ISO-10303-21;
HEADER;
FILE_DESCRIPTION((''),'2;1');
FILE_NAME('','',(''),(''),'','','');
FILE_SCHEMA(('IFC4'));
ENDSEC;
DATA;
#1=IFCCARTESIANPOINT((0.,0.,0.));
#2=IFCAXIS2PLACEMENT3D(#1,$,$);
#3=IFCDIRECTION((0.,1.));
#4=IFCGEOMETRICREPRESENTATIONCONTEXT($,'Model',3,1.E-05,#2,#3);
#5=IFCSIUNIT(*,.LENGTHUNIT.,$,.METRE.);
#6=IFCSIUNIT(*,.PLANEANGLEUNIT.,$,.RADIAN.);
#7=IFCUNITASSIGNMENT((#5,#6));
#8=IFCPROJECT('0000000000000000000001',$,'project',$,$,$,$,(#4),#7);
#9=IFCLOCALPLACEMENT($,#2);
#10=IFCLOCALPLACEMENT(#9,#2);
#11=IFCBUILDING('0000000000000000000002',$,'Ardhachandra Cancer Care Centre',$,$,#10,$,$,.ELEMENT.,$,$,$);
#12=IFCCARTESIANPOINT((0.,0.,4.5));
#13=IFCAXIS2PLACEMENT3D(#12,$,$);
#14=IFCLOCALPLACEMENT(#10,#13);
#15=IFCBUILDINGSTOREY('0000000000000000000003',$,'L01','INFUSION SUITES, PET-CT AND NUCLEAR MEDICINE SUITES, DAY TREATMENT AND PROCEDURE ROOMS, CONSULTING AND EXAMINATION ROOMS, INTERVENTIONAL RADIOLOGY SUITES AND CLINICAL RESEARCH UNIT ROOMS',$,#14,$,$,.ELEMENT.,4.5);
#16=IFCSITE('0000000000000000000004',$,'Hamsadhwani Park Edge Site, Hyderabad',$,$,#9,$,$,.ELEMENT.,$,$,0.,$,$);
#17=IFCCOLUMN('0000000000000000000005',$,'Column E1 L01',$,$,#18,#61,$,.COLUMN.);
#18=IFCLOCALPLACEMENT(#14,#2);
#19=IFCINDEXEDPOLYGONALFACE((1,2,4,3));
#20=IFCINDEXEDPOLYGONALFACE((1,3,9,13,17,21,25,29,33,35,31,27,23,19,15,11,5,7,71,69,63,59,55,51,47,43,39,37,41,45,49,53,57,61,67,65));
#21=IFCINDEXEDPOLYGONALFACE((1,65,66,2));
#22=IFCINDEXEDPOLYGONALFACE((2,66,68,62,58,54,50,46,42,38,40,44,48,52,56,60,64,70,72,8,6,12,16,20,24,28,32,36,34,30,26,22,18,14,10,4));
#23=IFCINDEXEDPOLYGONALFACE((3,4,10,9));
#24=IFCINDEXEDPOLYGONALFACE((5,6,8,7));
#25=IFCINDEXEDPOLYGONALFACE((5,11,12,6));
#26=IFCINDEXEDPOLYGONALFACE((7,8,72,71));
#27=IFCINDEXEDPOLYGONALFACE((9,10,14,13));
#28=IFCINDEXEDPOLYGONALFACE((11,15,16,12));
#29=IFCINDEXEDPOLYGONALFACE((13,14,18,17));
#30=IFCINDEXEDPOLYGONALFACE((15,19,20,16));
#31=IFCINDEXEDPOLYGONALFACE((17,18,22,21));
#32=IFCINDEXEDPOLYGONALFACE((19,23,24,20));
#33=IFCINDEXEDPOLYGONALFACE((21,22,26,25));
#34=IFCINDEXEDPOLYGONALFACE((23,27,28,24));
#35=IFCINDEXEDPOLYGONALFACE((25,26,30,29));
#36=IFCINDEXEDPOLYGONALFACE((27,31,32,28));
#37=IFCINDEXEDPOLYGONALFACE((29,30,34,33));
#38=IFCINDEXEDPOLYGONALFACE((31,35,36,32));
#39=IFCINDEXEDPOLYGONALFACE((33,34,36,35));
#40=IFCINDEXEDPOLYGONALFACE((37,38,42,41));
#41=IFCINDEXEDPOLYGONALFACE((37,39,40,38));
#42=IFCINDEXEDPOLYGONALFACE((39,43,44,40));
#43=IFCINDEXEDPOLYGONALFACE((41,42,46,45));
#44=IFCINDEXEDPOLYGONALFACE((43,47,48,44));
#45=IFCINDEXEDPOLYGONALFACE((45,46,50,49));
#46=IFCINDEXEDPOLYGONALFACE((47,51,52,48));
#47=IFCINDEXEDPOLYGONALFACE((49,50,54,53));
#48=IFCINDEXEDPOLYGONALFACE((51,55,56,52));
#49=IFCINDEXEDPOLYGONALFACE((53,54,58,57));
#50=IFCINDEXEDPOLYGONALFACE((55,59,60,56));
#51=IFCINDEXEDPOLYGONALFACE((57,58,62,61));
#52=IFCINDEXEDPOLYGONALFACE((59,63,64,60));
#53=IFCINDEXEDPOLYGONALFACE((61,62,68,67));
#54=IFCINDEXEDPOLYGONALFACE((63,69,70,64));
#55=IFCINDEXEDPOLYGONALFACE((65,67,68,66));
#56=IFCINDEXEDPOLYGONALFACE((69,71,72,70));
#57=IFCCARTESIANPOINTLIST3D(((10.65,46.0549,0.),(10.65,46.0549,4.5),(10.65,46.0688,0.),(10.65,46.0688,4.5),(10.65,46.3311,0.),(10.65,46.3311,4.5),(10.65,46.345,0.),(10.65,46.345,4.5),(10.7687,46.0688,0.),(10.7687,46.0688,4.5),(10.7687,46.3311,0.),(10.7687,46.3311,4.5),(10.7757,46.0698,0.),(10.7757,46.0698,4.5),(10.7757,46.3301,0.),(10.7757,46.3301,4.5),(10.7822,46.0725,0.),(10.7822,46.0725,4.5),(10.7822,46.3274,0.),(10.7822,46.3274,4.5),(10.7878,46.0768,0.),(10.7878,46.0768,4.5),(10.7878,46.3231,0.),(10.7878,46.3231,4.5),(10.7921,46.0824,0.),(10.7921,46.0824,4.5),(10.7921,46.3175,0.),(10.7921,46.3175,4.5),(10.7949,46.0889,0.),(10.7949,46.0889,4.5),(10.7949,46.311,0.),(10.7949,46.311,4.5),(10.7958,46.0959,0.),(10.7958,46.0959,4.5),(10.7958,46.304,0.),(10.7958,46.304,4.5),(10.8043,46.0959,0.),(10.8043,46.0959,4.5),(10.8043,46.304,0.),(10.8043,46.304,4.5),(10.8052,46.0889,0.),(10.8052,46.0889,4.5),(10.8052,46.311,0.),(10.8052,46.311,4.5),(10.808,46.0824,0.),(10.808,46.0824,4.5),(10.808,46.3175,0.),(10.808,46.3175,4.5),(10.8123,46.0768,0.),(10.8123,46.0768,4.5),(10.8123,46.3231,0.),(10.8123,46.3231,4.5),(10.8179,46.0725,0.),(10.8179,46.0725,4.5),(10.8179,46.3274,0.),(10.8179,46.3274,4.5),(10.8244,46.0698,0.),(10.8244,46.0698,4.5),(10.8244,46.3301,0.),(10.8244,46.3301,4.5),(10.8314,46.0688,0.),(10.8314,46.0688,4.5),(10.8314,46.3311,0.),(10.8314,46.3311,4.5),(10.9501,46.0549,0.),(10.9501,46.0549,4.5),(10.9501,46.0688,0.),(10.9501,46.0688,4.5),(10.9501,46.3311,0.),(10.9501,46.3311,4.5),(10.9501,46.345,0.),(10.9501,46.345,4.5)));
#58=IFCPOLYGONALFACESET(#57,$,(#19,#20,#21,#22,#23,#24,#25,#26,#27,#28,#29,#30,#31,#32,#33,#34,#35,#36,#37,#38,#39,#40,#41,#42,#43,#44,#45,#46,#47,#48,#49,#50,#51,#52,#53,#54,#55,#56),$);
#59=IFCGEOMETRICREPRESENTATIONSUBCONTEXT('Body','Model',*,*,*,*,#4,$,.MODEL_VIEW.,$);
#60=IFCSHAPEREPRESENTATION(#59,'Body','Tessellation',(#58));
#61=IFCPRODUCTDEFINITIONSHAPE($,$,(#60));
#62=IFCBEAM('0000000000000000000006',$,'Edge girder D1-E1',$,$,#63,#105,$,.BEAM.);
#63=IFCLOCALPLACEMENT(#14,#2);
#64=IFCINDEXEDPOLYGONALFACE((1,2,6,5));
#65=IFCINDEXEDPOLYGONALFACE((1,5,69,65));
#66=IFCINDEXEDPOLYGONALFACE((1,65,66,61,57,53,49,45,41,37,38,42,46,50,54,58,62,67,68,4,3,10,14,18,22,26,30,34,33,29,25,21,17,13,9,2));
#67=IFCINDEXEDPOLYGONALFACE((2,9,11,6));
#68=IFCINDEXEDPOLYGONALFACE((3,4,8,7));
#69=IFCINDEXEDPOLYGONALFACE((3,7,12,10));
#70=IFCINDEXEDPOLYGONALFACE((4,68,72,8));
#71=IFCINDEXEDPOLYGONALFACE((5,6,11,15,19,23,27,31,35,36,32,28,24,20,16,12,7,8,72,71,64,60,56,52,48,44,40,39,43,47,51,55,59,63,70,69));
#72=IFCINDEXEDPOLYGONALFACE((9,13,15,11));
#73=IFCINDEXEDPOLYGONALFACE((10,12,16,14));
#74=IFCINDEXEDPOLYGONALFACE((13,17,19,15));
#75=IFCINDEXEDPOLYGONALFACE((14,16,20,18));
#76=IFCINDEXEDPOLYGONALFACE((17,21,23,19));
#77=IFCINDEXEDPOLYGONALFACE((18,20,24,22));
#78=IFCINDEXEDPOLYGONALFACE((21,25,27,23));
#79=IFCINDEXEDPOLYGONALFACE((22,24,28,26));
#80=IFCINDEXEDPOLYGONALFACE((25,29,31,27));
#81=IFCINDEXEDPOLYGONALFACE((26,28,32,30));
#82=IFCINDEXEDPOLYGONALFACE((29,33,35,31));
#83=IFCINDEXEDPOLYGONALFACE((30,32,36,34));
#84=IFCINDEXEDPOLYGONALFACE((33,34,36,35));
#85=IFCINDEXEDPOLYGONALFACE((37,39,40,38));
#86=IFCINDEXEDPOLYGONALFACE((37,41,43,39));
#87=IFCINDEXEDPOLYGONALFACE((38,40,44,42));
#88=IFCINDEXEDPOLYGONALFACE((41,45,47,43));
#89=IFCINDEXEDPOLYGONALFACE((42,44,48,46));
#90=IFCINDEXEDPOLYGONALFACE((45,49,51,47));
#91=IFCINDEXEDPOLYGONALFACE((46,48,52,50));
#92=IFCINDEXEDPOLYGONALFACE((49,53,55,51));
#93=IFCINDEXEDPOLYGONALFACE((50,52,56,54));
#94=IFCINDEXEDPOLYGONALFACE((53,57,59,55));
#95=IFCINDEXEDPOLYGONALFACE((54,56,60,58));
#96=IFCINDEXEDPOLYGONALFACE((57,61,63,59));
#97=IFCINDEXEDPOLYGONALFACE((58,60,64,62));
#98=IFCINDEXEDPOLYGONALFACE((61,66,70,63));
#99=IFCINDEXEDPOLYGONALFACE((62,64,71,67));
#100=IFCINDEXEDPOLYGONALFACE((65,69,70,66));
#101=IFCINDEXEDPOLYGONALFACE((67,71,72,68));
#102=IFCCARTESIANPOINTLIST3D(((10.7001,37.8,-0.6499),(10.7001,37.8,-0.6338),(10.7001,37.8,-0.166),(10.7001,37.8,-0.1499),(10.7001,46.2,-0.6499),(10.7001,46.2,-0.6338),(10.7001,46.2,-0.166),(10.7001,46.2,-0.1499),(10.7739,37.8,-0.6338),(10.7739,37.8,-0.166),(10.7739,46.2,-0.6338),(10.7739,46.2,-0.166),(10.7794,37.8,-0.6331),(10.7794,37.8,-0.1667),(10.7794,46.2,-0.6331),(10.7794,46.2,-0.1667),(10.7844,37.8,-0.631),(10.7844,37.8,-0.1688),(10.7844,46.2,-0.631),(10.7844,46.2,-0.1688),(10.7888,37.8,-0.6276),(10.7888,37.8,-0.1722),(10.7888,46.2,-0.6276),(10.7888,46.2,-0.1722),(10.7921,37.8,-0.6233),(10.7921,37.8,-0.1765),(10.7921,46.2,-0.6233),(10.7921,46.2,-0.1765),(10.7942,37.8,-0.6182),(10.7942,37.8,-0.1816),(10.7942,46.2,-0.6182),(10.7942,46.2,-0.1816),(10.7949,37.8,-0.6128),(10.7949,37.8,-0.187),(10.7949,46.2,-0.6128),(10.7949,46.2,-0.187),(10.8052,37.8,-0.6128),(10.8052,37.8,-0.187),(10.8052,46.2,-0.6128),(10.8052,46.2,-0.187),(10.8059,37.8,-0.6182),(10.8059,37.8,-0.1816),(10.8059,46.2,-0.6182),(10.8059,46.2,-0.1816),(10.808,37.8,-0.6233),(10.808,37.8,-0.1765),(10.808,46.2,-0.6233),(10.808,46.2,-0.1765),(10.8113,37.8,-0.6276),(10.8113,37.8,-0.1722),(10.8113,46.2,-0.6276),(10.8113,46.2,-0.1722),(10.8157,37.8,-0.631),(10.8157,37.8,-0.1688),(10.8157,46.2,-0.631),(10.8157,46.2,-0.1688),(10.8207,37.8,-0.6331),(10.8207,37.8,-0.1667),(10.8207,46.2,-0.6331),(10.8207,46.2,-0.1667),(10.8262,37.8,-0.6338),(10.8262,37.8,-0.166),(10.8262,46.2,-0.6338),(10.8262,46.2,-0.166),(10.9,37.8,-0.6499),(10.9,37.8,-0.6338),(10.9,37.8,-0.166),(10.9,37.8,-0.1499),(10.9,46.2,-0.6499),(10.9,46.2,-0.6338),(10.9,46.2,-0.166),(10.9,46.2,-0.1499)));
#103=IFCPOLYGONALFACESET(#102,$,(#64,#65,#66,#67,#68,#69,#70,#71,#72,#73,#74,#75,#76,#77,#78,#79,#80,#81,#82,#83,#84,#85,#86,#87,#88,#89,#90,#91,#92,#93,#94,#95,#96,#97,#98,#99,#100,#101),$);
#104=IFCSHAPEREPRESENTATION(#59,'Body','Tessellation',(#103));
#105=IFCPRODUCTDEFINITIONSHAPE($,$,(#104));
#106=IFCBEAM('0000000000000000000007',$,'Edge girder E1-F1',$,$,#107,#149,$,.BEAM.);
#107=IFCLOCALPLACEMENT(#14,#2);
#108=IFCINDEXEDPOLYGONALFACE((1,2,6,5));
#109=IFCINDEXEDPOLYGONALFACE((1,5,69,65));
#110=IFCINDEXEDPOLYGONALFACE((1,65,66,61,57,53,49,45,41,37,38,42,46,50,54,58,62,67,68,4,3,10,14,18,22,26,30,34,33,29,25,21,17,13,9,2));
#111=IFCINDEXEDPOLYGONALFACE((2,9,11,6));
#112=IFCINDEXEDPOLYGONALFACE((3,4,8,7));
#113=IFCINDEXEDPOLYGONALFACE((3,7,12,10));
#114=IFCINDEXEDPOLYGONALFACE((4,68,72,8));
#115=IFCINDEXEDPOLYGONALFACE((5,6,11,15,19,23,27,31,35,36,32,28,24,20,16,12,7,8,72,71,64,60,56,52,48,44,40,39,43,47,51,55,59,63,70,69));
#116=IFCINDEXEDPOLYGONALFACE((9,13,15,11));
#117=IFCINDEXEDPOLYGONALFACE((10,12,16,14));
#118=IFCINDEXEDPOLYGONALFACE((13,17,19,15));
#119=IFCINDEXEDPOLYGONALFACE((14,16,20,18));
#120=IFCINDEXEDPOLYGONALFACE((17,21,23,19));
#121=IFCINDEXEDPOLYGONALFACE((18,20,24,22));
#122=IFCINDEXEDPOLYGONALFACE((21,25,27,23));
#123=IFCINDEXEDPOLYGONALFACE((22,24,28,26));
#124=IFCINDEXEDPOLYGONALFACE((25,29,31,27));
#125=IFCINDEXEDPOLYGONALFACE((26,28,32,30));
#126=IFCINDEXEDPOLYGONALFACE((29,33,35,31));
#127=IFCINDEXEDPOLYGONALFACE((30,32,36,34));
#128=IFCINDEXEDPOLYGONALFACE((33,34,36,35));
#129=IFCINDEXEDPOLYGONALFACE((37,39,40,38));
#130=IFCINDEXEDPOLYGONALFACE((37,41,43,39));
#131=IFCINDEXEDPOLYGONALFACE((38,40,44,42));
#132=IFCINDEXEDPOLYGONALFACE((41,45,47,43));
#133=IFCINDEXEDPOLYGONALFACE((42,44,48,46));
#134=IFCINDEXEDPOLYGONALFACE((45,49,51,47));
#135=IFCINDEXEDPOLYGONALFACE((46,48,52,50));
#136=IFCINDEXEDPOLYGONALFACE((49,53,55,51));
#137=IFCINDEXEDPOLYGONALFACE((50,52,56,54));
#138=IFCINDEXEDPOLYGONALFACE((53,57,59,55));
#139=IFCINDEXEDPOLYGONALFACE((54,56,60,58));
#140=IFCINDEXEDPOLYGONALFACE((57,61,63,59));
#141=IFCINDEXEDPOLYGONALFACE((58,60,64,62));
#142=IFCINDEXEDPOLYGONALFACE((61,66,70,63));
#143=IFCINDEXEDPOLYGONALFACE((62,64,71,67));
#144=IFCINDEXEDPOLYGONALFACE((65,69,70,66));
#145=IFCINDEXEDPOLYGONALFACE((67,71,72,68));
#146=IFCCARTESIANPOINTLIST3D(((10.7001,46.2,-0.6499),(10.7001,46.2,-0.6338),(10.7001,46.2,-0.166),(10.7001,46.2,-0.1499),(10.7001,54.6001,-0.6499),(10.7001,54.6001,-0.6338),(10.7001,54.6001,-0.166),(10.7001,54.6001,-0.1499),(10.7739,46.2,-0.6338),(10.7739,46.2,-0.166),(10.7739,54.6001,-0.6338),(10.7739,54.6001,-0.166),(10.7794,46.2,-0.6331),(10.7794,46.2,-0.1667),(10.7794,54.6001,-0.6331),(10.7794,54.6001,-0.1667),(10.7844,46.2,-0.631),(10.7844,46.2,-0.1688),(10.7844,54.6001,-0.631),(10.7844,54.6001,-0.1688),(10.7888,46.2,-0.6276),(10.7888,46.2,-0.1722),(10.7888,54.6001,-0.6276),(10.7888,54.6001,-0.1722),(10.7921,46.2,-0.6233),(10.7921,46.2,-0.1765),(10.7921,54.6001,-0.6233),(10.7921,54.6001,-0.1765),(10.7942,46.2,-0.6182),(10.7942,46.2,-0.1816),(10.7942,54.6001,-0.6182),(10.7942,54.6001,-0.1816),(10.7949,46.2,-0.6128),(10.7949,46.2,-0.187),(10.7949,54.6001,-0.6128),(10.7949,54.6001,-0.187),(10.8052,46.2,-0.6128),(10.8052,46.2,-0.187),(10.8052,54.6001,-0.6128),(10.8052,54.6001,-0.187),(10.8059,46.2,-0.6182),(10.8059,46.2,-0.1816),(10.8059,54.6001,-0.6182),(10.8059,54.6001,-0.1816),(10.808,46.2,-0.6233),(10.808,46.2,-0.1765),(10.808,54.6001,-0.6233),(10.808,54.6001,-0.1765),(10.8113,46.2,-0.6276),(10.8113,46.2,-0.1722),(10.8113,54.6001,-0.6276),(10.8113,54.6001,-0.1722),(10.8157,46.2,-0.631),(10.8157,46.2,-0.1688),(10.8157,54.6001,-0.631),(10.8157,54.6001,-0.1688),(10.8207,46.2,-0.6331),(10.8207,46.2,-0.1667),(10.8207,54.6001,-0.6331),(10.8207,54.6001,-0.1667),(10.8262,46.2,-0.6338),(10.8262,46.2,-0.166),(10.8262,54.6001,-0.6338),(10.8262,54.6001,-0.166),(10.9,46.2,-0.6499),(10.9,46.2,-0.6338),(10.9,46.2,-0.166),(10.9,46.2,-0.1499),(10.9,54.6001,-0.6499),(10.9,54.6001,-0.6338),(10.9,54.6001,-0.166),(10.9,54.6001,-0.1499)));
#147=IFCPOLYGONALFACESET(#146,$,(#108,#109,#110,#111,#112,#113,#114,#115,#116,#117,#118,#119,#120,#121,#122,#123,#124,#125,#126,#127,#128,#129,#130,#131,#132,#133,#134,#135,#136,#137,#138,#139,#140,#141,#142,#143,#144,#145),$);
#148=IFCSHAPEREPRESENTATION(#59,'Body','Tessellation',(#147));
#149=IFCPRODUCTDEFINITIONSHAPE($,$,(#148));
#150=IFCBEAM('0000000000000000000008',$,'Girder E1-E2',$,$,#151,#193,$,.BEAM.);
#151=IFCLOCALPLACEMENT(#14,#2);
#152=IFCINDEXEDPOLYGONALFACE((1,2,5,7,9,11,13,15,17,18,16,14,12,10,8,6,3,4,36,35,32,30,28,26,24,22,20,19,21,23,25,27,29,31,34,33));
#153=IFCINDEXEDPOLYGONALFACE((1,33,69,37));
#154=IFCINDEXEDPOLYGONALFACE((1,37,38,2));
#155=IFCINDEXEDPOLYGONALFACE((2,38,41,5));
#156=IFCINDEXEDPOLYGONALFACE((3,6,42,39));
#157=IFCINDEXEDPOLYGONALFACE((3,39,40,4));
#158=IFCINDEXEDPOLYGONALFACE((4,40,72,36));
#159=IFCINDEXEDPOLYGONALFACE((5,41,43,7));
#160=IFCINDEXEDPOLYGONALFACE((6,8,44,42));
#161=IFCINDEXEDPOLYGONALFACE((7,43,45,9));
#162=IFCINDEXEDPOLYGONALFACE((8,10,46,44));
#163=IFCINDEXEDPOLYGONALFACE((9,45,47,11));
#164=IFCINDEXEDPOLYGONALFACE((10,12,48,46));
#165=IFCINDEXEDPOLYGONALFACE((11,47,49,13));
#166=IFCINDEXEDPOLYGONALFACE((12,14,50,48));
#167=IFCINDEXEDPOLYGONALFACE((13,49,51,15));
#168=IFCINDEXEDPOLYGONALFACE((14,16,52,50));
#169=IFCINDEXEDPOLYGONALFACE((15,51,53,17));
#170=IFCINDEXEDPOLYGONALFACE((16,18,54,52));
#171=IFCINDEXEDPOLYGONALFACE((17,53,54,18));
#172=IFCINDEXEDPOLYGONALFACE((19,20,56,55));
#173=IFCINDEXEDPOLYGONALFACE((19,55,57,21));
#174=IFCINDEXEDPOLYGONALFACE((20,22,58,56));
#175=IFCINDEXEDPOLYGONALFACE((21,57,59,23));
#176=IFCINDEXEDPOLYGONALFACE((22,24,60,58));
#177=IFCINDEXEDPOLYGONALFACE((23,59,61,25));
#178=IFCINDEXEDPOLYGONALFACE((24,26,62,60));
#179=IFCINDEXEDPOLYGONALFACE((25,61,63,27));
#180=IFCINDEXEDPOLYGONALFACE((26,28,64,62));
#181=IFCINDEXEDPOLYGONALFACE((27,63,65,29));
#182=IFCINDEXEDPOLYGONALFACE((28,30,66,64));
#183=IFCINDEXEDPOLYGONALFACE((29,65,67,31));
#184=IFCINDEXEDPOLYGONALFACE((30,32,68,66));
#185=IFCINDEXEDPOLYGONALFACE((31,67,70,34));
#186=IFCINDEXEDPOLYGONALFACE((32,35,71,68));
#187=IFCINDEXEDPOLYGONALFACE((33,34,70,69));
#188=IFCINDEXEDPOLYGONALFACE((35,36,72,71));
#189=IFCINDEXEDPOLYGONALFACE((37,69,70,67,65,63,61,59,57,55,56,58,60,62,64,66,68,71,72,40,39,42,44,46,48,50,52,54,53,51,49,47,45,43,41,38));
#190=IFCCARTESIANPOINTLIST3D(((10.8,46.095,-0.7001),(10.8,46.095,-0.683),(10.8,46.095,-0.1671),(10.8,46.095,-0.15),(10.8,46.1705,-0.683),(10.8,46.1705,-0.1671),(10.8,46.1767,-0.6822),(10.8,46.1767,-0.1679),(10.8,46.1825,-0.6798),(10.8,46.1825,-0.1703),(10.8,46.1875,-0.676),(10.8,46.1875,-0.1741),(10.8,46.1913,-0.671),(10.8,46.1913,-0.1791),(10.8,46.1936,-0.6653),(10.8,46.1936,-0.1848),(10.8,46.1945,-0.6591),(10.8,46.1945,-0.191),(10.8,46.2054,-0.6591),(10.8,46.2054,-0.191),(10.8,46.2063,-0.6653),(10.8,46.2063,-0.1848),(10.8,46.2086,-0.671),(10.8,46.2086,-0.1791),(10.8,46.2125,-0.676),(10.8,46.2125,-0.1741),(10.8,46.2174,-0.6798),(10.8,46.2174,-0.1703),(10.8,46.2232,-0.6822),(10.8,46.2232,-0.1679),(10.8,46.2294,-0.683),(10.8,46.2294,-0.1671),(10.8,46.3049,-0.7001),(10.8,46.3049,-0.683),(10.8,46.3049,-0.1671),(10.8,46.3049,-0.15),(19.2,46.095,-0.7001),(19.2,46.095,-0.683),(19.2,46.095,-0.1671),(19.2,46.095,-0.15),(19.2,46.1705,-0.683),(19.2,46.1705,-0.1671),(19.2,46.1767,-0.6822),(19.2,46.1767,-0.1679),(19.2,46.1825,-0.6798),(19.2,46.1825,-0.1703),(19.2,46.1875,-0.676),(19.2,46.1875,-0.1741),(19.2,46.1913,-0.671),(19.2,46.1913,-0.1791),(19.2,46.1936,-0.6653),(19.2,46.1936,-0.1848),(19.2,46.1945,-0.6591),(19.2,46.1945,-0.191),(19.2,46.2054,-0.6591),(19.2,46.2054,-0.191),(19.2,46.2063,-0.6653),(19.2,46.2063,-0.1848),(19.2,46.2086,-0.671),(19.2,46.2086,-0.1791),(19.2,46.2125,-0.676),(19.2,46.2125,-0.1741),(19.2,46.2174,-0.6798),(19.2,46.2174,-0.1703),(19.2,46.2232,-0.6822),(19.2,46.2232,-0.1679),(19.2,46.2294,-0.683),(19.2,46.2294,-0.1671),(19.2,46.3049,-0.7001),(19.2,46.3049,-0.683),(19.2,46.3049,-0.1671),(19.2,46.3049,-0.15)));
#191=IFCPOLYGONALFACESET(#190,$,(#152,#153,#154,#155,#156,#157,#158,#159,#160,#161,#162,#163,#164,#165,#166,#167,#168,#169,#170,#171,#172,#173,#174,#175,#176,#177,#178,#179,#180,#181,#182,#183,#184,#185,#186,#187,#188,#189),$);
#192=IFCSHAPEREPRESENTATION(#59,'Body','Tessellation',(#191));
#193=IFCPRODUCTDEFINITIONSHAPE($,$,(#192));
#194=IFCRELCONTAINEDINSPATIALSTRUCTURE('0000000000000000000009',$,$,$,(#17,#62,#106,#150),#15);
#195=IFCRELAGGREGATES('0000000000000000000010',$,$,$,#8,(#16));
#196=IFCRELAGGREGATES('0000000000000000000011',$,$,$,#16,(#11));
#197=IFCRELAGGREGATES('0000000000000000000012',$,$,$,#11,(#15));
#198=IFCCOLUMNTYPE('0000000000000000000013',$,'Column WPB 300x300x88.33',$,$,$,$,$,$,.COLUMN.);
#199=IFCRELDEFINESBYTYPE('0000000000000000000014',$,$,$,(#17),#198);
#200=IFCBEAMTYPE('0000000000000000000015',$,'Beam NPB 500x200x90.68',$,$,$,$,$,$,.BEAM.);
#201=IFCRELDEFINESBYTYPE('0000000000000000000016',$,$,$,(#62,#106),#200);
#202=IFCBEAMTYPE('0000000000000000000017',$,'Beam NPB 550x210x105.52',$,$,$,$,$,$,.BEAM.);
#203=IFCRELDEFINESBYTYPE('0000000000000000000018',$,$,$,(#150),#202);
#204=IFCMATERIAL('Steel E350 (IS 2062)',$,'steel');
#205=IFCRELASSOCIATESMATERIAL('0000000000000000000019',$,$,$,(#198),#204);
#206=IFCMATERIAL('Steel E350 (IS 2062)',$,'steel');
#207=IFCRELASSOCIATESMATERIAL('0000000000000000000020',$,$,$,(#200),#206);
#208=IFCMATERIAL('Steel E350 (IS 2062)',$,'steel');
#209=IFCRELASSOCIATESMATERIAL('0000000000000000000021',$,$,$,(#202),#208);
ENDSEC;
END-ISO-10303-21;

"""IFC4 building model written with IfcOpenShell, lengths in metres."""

from ifc_helpers import new_model, si_unit, direction, frame, origin, origin_2d, place, context, subcontext, project, spatial, i_section, extrude, material, material_profile, profile_set, type_object, element, save


model = new_model("IFC4")

# Units and contexts
model_context = context("Model", 3, precision=1e-05, world=origin(), true_north=direction((0.0, 1.0)))
body_context = subcontext(model_context, "Body", "Model", "MODEL_VIEW")
ifc_project = project(units=[si_unit("LENGTHUNIT", "METRE"), si_unit("PLANEANGLEUNIT", "RADIAN")], contexts=[model_context])

# Site, building, storey
site_placement = place(None, origin())
site = spatial("IfcSite", under=ifc_project, at=site_placement, Name="Hamsadhwani Park Edge Site, Hyderabad", CompositionType="ELEMENT", RefElevation=0.0)
building_placement = place(site_placement, origin())
building = spatial("IfcBuilding", under=site, at=building_placement, Name="Ardhachandra Cancer Care Centre", CompositionType="ELEMENT")
storey_placement = place(building_placement, frame((0.0, 0.0, 4.5)))
storey = spatial("IfcBuildingStorey", under=building, at=storey_placement, Name="L01", Description="INFUSION SUITES, PET-CT AND NUCLEAR MEDICINE SUITES, DAY TREATMENT AND PROCEDURE ROOMS, CONSULTING AND EXAMINATION ROOMS, INTERVENTIONAL RADIOLOGY SUITES AND CLINICAL RESEARCH UNIT ROOMS", CompositionType="ELEMENT", Elevation=4.5)

# Column
ifc_material_1 = material(Name="Steel E350 (IS 2062)", Category="steel")
ifc_material_profile_1 = material_profile(ifc_material_1, i_section(OverallWidth=0.3, OverallDepth=0.29, WebThickness=0.0085, FlangeThickness=0.0139, FilletRadius=0.0271, at=origin_2d()), Name="WPB 300x300x88.33")
ifc_profile_set_1 = profile_set([ifc_material_profile_1], Name="Steel E350 (IS 2062)")
column_type = type_object("IfcColumnType", Name="Column WPB 300x300x88.33", PredefinedType="COLUMN", material=ifc_profile_set_1)
column_placement = place(storey_placement, frame((10.8, 46.2, 0.0), z_axis=(0.0, 0.0, 1.0), x_axis=(1.0, 0.0, 0.0)))
element("IfcColumn", 1, at=column_placement, inside=storey, type_object=column_type, Name="Column E1 L01", PredefinedType="COLUMN", context=body_context, shape_type="SweptSolid", body=[
    extrude(i_section(OverallWidth=0.3, OverallDepth=0.29, WebThickness=0.0085, FlangeThickness=0.0139, FilletRadius=0.0271, at=origin_2d()), origin(), (0.0, 0.0, 1.0), 4.5),
])

# Beams
ifc_material_2 = material(Name="Steel E350 (IS 2062)", Category="steel")
ifc_material_profile_2 = material_profile(ifc_material_2, i_section(OverallWidth=0.2, OverallDepth=0.5, WebThickness=0.0103, FlangeThickness=0.0161, FilletRadius=0.021, at=origin_2d()), Name="NPB 500x200x90.68")
ifc_profile_set_2 = profile_set([ifc_material_profile_2], Name="Steel E350 (IS 2062)")
beam_type_1 = type_object("IfcBeamType", Name="Beam NPB 500x200x90.68", PredefinedType="BEAM", material=ifc_profile_set_2)
beam_1_placement = place(storey_placement, frame((10.8, 37.8, -0.3999), z_axis=(0.0, 1.0, 0.0), x_axis=(-1.0, 0.0, 0.0)))
element("IfcBeam", 2, at=beam_1_placement, inside=storey, type_object=beam_type_1, Name="Edge girder D1-E1", PredefinedType="BEAM", context=body_context, shape_type="SweptSolid", body=[
    extrude(i_section(OverallWidth=0.2, OverallDepth=0.5, WebThickness=0.0103, FlangeThickness=0.0161, FilletRadius=0.021, at=origin_2d()), origin(), (0.0, 0.0, 1.0), 8.3999),
])
beam_2_placement = place(storey_placement, frame((10.8, 46.2, -0.3999), z_axis=(0.0, 1.0, 0.0), x_axis=(-1.0, 0.0, 0.0)))
element("IfcBeam", 3, at=beam_2_placement, inside=storey, type_object=beam_type_1, Name="Edge girder E1-F1", PredefinedType="BEAM", context=body_context, shape_type="SweptSolid", body=[
    extrude(i_section(OverallWidth=0.2, OverallDepth=0.5, WebThickness=0.0103, FlangeThickness=0.0161, FilletRadius=0.021, at=origin_2d()), origin(), (0.0, 0.0, 1.0), 8.4001),
])
ifc_material_3 = material(Name="Steel E350 (IS 2062)", Category="steel")
ifc_material_profile_3 = material_profile(ifc_material_3, i_section(OverallWidth=0.21, OverallDepth=0.55, WebThickness=0.011, FlangeThickness=0.0171, FilletRadius=0.0239, at=origin_2d()), Name="NPB 550x210x105.52")
ifc_profile_set_3 = profile_set([ifc_material_profile_3], Name="Steel E350 (IS 2062)")
beam_type_2 = type_object("IfcBeamType", Name="Beam NPB 550x210x105.52", PredefinedType="BEAM", material=ifc_profile_set_3)
beam_3_placement = place(storey_placement, frame((10.8, 46.2, -0.425), z_axis=(1.0, 0.0, 0.0), x_axis=(0.0, 1.0, 0.0)))
element("IfcBeam", 4, at=beam_3_placement, inside=storey, type_object=beam_type_2, Name="Girder E1-E2", PredefinedType="BEAM", context=body_context, shape_type="SweptSolid", body=[
    extrude(i_section(OverallWidth=0.21, OverallDepth=0.55, WebThickness=0.011, FlangeThickness=0.0171, FilletRadius=0.0239, at=origin_2d()), origin(), (0.0, 0.0, 1.0), 8.3999),
])

save(model, "model.ifc")
